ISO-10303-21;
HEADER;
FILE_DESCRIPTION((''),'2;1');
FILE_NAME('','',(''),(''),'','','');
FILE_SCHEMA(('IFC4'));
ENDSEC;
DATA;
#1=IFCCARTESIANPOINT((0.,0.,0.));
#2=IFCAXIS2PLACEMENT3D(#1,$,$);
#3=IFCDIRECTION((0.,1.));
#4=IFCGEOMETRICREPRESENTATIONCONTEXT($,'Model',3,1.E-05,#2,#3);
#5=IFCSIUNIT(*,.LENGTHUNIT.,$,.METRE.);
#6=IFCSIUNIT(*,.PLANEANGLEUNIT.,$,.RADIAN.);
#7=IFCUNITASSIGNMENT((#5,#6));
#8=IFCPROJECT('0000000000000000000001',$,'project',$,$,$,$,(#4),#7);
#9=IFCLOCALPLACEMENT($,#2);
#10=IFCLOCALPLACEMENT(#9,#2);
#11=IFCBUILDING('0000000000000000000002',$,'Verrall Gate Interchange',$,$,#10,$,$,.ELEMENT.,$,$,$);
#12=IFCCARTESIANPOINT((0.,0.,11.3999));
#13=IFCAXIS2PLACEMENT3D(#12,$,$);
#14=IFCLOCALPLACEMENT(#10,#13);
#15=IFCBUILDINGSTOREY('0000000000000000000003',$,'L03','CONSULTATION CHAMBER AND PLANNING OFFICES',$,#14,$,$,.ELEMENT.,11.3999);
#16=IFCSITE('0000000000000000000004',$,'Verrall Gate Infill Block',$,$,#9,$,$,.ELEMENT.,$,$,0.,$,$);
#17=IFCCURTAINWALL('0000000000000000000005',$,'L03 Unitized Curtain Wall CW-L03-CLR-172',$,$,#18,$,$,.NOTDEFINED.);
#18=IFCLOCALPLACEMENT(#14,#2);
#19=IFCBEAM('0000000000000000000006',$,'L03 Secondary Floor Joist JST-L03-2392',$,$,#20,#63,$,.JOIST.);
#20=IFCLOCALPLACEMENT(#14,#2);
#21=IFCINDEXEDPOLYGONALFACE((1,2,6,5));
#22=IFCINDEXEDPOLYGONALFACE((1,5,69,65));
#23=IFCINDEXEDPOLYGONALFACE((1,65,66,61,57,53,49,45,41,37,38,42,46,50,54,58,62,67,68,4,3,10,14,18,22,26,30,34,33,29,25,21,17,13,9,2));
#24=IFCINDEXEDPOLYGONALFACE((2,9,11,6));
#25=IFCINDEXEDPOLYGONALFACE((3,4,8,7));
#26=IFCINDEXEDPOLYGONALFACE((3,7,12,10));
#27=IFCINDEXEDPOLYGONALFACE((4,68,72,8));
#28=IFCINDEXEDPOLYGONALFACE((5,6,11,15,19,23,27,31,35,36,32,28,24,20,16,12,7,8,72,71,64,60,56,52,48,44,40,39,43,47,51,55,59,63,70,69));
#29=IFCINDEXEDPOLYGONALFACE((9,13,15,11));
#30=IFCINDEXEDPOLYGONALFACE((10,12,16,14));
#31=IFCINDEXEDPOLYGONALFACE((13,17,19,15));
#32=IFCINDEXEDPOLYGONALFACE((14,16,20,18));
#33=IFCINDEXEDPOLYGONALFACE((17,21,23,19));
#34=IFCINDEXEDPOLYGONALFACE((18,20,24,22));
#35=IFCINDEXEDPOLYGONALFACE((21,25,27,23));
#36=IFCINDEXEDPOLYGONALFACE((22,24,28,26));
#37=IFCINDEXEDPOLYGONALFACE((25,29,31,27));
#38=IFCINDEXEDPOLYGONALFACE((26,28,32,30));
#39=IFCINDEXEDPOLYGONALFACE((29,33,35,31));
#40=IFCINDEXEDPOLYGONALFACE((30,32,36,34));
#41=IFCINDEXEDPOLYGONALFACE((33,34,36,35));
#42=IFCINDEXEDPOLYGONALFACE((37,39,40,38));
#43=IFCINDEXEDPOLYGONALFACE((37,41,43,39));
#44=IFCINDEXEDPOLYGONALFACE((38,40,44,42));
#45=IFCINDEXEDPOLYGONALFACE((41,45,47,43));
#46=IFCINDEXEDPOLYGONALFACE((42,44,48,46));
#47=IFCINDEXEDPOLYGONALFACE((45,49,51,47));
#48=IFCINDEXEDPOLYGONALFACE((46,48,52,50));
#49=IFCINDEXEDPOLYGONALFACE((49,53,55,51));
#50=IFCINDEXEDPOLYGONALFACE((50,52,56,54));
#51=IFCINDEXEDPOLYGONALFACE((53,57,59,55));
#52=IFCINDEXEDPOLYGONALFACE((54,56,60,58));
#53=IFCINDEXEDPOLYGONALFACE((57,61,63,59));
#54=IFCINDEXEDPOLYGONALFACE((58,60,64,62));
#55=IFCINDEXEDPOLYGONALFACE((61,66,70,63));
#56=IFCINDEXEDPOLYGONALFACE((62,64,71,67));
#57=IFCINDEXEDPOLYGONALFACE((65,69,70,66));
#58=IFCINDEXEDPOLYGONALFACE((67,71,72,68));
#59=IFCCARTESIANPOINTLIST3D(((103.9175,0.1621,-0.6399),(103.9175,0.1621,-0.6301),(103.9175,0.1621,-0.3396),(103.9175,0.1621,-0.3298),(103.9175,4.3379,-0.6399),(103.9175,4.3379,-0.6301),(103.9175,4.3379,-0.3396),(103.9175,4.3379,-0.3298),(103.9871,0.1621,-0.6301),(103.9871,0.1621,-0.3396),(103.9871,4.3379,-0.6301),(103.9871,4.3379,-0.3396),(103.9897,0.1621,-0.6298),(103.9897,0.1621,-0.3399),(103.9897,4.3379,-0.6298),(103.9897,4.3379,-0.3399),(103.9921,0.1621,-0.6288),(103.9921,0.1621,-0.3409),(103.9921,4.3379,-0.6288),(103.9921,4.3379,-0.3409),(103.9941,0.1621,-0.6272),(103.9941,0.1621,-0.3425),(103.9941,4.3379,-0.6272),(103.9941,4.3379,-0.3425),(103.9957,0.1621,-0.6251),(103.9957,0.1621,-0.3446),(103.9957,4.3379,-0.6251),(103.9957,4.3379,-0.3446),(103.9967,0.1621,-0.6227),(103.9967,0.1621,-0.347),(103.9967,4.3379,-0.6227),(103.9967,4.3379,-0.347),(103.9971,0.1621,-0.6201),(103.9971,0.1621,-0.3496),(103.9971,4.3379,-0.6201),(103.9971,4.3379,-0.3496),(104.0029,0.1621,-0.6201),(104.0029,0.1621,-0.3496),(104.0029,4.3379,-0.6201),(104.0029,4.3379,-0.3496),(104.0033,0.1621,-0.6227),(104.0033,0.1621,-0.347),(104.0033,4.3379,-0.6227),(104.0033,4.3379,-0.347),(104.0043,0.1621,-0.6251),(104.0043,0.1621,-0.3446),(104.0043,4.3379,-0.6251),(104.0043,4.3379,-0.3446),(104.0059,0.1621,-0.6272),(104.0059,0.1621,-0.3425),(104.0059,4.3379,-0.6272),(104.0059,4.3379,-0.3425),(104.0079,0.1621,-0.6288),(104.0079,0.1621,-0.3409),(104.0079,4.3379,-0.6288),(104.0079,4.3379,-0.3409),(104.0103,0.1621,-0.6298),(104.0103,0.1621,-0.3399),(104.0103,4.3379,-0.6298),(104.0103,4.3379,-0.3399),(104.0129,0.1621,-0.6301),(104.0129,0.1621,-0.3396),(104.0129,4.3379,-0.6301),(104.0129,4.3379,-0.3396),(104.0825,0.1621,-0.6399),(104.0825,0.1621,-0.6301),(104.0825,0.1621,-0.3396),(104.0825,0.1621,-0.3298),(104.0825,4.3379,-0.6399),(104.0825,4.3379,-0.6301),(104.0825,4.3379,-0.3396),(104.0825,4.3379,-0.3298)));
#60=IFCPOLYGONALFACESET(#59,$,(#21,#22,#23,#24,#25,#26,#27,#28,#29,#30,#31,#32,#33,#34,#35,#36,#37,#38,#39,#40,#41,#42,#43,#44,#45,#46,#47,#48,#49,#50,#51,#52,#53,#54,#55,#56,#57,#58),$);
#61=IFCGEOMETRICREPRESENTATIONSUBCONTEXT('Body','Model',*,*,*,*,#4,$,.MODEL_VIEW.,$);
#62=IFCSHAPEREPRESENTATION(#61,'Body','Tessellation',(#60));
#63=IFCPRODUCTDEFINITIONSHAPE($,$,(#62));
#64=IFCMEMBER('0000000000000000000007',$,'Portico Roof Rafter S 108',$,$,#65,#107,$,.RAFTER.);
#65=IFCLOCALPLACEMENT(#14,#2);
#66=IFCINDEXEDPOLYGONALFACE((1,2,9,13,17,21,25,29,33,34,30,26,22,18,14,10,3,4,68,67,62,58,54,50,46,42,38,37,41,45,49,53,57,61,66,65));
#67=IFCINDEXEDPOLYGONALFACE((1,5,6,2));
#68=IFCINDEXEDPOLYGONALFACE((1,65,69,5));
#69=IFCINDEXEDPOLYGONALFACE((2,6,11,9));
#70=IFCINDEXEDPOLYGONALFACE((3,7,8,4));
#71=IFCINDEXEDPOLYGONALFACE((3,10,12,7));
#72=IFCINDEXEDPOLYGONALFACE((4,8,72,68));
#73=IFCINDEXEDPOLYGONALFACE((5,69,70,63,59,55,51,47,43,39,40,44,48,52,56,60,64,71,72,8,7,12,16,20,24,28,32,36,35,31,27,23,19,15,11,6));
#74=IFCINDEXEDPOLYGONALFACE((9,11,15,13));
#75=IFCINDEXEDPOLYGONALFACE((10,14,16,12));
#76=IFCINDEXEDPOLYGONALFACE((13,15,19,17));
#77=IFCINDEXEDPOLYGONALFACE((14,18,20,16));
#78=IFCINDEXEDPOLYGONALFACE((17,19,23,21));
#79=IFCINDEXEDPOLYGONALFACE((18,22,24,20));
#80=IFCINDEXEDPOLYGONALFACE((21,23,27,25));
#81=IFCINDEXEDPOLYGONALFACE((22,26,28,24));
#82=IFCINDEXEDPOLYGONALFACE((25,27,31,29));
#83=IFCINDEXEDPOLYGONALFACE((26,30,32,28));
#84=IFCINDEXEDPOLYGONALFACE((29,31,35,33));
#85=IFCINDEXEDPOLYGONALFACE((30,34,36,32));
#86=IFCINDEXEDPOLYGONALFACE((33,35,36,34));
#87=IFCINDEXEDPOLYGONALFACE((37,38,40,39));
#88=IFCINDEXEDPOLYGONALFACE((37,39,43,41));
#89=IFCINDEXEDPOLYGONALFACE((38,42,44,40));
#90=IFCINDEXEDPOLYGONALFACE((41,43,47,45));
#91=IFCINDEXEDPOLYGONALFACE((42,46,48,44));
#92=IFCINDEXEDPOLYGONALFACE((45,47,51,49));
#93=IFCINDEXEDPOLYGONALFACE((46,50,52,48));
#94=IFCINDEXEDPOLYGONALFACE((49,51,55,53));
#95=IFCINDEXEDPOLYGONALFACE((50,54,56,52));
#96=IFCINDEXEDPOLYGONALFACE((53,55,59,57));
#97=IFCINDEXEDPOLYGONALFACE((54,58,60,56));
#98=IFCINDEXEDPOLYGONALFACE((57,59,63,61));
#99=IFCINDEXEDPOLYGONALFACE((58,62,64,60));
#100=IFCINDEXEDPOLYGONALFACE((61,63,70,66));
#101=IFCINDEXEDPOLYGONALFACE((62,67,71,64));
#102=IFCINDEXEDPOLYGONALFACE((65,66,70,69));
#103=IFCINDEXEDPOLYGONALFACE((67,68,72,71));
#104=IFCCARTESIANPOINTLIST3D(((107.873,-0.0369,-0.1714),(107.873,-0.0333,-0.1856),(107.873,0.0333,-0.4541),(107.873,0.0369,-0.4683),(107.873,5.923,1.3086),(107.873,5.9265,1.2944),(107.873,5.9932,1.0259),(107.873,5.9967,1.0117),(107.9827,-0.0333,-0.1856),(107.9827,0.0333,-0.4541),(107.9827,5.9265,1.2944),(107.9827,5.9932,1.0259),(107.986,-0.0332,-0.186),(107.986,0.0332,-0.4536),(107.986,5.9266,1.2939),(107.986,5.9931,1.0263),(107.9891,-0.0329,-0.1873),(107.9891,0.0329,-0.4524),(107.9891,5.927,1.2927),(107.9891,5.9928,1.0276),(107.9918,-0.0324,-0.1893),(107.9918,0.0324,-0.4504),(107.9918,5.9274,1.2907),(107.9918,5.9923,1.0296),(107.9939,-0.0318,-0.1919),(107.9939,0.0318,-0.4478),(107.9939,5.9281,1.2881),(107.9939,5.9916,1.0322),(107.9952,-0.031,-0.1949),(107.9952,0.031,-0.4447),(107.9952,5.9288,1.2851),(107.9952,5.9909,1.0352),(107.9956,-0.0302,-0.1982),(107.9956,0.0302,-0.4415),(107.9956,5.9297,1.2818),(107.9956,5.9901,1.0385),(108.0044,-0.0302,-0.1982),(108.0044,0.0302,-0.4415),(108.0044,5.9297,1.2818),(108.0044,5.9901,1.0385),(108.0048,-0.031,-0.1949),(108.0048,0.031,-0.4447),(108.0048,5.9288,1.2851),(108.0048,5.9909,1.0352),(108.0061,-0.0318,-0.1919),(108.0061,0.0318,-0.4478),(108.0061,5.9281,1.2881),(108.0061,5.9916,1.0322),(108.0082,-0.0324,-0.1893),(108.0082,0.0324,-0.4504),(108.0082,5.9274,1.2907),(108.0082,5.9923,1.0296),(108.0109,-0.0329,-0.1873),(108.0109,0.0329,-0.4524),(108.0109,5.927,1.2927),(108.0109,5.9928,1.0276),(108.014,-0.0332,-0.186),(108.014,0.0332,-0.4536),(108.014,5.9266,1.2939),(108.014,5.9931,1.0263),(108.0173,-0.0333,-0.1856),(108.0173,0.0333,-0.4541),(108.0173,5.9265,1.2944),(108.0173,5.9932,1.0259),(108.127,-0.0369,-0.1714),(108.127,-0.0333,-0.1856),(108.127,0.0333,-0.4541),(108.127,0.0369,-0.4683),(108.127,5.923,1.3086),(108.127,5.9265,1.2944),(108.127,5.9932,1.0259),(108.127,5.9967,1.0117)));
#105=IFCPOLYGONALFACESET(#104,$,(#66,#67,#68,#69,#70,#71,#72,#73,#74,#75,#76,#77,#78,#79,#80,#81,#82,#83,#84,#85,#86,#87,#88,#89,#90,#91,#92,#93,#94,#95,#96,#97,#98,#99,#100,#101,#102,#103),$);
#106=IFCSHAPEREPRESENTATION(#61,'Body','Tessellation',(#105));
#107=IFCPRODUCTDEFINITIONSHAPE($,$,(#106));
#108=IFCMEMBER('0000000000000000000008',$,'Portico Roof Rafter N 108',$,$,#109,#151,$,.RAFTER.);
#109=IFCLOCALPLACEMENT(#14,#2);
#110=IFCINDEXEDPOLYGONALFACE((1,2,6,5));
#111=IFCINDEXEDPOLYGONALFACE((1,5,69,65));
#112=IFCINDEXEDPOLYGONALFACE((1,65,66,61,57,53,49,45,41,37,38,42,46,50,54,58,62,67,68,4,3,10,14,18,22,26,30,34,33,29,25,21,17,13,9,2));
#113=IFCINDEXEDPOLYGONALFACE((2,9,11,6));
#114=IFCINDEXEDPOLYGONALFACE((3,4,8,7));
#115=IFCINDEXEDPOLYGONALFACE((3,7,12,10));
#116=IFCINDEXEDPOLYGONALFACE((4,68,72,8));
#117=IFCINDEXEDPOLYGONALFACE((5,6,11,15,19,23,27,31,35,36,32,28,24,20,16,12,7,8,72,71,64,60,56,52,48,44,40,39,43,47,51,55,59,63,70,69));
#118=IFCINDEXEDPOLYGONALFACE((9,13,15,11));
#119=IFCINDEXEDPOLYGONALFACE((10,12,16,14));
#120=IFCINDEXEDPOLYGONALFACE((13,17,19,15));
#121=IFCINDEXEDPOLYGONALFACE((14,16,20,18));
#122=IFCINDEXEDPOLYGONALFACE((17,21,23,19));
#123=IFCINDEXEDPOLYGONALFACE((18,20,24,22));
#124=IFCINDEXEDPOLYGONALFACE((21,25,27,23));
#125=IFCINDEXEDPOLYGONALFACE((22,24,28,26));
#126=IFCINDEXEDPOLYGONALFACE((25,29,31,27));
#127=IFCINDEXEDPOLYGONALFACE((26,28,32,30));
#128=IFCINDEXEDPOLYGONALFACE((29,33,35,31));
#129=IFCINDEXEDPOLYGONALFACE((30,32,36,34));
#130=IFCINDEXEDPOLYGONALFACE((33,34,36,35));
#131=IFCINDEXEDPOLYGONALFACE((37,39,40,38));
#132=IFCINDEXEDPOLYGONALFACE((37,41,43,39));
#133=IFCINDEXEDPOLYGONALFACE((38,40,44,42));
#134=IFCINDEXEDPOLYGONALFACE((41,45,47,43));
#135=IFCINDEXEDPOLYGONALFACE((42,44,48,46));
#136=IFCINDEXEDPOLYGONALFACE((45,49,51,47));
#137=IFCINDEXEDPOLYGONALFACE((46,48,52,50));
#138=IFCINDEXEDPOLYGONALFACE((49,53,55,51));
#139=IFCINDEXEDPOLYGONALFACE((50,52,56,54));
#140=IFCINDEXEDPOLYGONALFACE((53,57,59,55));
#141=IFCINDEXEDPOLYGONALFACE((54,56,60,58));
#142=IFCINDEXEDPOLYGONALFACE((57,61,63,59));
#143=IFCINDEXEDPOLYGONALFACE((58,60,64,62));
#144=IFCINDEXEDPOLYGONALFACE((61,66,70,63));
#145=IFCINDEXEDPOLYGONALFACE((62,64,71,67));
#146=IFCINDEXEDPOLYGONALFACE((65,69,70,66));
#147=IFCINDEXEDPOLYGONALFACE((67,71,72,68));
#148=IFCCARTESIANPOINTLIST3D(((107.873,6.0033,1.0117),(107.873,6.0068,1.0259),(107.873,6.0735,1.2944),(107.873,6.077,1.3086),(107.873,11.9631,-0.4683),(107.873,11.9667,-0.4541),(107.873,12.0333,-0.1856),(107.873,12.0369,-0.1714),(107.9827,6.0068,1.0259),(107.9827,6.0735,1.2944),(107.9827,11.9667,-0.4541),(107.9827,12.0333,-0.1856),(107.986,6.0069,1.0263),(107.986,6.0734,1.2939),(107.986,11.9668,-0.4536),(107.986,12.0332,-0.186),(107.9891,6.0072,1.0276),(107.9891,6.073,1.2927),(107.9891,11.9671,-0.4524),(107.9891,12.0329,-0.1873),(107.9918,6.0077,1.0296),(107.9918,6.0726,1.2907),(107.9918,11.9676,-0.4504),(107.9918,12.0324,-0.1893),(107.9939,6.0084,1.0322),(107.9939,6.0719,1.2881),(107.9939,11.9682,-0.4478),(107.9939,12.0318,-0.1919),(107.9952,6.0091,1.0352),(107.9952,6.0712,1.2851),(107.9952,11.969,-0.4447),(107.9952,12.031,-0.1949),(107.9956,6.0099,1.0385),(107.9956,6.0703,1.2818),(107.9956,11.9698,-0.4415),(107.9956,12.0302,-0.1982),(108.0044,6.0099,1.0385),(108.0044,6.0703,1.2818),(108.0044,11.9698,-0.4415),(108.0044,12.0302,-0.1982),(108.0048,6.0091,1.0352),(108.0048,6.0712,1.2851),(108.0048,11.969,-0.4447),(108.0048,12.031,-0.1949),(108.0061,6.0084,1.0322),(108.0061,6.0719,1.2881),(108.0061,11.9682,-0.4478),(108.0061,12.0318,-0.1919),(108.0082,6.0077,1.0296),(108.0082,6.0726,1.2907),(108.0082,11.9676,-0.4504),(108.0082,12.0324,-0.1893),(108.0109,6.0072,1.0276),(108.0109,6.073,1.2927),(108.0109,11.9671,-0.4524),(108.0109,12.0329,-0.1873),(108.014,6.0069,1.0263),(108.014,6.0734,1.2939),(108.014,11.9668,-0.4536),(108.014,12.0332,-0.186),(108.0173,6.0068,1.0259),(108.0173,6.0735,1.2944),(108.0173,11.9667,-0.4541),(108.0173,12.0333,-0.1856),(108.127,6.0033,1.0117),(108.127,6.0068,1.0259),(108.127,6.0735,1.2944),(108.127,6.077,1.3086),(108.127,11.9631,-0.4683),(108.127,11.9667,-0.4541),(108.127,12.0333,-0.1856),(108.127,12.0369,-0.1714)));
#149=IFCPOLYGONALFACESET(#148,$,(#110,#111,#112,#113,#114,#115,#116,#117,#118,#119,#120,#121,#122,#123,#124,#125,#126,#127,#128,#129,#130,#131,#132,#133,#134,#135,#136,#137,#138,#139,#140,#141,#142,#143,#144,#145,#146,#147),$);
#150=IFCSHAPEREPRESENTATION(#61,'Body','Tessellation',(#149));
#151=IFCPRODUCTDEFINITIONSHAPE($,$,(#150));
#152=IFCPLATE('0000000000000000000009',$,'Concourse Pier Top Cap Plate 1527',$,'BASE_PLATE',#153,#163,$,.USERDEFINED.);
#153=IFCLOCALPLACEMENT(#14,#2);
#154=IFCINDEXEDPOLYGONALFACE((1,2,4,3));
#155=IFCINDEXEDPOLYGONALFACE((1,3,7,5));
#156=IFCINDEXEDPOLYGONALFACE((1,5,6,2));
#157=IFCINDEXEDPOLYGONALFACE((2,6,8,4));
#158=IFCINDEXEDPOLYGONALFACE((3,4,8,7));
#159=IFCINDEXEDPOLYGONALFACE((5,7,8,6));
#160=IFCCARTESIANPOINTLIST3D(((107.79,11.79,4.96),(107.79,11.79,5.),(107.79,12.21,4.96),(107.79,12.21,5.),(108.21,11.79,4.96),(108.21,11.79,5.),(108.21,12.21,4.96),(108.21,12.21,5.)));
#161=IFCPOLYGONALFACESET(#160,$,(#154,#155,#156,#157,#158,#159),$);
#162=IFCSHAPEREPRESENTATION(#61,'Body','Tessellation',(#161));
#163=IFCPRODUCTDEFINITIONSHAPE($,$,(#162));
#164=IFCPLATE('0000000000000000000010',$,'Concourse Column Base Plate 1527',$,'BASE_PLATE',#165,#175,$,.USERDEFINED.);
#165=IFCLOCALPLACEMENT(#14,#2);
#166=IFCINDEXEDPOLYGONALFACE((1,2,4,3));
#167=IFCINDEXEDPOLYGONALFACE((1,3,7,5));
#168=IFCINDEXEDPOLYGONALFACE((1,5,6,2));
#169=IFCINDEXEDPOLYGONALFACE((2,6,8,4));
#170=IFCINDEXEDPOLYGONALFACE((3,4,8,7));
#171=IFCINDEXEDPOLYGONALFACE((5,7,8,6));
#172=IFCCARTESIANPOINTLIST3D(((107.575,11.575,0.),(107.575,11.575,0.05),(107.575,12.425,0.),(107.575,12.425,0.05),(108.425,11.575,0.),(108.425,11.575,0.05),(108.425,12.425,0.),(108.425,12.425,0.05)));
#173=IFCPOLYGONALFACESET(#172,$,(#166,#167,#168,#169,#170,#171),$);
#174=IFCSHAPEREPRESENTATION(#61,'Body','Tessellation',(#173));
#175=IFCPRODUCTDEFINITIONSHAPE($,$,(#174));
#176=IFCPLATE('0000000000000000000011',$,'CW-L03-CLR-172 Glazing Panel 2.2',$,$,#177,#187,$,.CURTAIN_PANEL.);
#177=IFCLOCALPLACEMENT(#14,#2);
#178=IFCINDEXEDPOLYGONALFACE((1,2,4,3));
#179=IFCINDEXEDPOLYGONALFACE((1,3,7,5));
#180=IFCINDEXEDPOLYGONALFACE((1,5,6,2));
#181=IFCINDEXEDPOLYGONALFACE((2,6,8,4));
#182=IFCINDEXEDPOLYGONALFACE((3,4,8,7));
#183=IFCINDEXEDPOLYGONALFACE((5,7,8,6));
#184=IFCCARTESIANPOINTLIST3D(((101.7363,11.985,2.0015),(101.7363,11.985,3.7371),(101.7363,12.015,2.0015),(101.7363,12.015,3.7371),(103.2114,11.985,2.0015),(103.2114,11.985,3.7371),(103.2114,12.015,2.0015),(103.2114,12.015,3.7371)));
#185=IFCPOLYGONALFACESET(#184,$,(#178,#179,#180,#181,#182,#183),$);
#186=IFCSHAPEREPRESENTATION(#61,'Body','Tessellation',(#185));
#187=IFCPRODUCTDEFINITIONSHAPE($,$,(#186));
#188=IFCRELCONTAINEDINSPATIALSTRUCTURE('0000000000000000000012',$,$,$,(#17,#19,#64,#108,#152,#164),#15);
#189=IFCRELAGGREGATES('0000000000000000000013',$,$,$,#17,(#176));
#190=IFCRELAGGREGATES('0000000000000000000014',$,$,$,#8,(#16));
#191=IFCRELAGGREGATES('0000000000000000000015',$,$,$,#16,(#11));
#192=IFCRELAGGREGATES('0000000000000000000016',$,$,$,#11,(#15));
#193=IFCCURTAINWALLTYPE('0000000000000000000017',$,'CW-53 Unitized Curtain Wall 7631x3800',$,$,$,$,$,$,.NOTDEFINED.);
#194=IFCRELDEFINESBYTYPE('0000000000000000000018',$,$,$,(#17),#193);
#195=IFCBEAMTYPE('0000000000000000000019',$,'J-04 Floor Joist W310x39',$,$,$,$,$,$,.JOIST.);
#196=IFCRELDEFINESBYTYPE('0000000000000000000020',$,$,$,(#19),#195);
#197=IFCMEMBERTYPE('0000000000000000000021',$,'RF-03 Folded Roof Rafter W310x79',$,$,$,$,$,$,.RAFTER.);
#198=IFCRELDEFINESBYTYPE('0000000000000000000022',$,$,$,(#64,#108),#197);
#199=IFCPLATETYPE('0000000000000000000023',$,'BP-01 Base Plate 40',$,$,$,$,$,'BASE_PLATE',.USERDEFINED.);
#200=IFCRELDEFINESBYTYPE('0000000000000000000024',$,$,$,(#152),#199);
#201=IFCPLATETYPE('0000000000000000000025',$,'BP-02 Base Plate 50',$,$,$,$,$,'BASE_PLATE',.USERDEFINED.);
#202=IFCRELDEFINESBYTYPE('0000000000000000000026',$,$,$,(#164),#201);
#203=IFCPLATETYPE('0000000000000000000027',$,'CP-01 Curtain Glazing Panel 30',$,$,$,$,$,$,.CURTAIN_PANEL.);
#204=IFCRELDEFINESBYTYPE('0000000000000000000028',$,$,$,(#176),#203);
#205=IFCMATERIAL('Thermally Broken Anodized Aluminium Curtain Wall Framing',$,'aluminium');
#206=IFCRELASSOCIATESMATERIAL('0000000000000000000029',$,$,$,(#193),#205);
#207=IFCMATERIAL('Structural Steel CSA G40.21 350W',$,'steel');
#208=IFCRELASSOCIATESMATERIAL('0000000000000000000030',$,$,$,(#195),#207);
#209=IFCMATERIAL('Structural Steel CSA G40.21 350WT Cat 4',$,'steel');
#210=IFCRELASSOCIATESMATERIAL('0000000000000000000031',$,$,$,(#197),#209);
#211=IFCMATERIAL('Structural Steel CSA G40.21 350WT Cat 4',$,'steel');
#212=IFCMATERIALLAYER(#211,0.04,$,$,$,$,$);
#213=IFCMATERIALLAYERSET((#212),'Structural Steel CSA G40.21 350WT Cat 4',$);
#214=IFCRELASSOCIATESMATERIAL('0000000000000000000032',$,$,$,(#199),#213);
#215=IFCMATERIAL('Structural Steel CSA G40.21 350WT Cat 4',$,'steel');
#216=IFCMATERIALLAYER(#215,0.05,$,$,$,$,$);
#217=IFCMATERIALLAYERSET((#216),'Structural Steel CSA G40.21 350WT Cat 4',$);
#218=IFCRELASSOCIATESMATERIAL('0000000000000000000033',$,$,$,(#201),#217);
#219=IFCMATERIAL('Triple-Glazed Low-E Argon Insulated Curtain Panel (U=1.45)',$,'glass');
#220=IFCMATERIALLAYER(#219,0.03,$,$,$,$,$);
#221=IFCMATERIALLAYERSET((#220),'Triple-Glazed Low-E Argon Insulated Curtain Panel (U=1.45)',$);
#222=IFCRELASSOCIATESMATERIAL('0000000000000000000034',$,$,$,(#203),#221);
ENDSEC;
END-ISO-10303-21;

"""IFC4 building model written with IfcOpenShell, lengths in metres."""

from ifc_helpers import new_model, si_unit, direction, frame, origin, origin_2d, place, context, subcontext, project, spatial, rectangle, i_section, extrude, material, layer, layer_set, material_profile, profile_set, type_object, element, aggregate, save


model = new_model("IFC4")

# Units and contexts
model_context = context("Model", 3, precision=1e-05, world=origin(), true_north=direction((0.0, 1.0)))
body_context = subcontext(model_context, "Body", "Model", "MODEL_VIEW")
ifc_project = project(units=[si_unit("LENGTHUNIT", "METRE"), si_unit("PLANEANGLEUNIT", "RADIAN")], contexts=[model_context])

# Site, building, storey
site_placement = place(None, origin())
site = spatial("IfcSite", under=ifc_project, at=site_placement, Name="Verrall Gate Infill Block", CompositionType="ELEMENT", RefElevation=0.0)
building_placement = place(site_placement, origin())
building = spatial("IfcBuilding", under=site, at=building_placement, Name="Verrall Gate Interchange", CompositionType="ELEMENT")
storey_placement = place(building_placement, frame((0.0, 0.0, 11.3999)))
storey = spatial("IfcBuildingStorey", under=building, at=storey_placement, Name="L03", Description="CONSULTATION CHAMBER AND PLANNING OFFICES", CompositionType="ELEMENT", Elevation=11.3999)

# Curtain wall
ifc_material_1 = material(Name="Thermally Broken Anodized Aluminium Curtain Wall Framing", Category="aluminium")
curtain_wall_type = type_object("IfcCurtainWallType", Name="CW-53 Unitized Curtain Wall 7631x3800", PredefinedType="NOTDEFINED", material=ifc_material_1)
curtain_wall_placement = place(storey_placement, origin())
curtain_wall = element("IfcCurtainWall", 1, at=curtain_wall_placement, inside=storey, type_object=curtain_wall_type, Name="L03 Unitized Curtain Wall CW-L03-CLR-172", PredefinedType="NOTDEFINED")

# Beam
ifc_material_2 = material(Name="Structural Steel CSA G40.21 350W", Category="steel")
ifc_material_profile_1 = material_profile(ifc_material_2, i_section(OverallWidth=0.165, OverallDepth=0.3101, WebThickness=0.0059, FlangeThickness=0.0098, FilletRadius=0.01, at=origin_2d()), Name="W310x39")
ifc_profile_set_1 = profile_set([ifc_material_profile_1], Name="Structural Steel CSA G40.21 350W")
beam_type_1 = type_object("IfcBeamType", Name="J-04 Floor Joist W310x39", PredefinedType="JOIST", material=ifc_profile_set_1)
beam_1_placement = place(storey_placement, frame((104.0, 0.1621, -0.4849), z_axis=(0.0, 1.0, 0.0), x_axis=(-1.0, 0.0, 0.0)))
element("IfcBeam", 2, at=beam_1_placement, inside=storey, type_object=beam_type_1, Name="L03 Secondary Floor Joist JST-L03-2392", PredefinedType="JOIST", context=body_context, shape_type="SweptSolid", body=[
    extrude(i_section(OverallWidth=0.165, OverallDepth=0.3101, WebThickness=0.0059, FlangeThickness=0.0098, FilletRadius=0.01, at=origin_2d()), origin(), (0.0, 0.0, 1.0), 4.1758),
])

# Members
ifc_material_3 = material(Name="Structural Steel CSA G40.21 350WT Cat 4", Category="steel")
ifc_material_profile_2 = material_profile(ifc_material_3, i_section(OverallWidth=0.2539, OverallDepth=0.3059, WebThickness=0.0088, FlangeThickness=0.0146, FilletRadius=0.0129, at=origin_2d()), Name="W310x79")
ifc_profile_set_2 = profile_set([ifc_material_profile_2], Name="Structural Steel CSA G40.21 350WT Cat 4")
member_type_1 = type_object("IfcMemberType", Name="RF-03 Folded Roof Rafter W310x79", PredefinedType="RAFTER", material=ifc_profile_set_2)
for number, where, z_axis, x_axis, name in (
    (3, (108.0, 0.0, -0.3198), (0.0, 0.970525, 0.241001), (-1.0, 0.0, 0.0), "Portico Roof Rafter S 108"),
    (4, (108.0, 12.0, -0.3198), (0.0, -0.970525, 0.241001), (1.0, 0.0, 0.0), "Portico Roof Rafter N 108"),
):
    element("IfcMember", number, at=place(storey_placement, frame(where, z_axis=z_axis, x_axis=x_axis)), inside=storey, type_object=member_type_1, Name=name, PredefinedType="RAFTER", context=body_context, shape_type="SweptSolid", body=[
        extrude(i_section(OverallWidth=0.2539, OverallDepth=0.3059, WebThickness=0.0088, FlangeThickness=0.0146, FilletRadius=0.0129, at=origin_2d()), origin(), (0.0, 0.0, 1.0), 6.1409),
    ])

# Plates
ifc_material_4 = material(Name="Structural Steel CSA G40.21 350WT Cat 4", Category="steel")
ifc_layer_1 = layer(ifc_material_4, 0.04)
ifc_layer_set_1 = layer_set([ifc_layer_1], Name="Structural Steel CSA G40.21 350WT Cat 4")
plate_type_1 = type_object("IfcPlateType", Name="BP-01 Base Plate 40", ElementType="BASE_PLATE", PredefinedType="USERDEFINED", material=ifc_layer_set_1)
plate_1_placement = place(storey_placement, frame((108.0, 12.0, 4.96), z_axis=(0.0, 0.0, 1.0), x_axis=(1.0, 0.0, 0.0)))
element("IfcPlate", 5, at=plate_1_placement, inside=storey, type_object=plate_type_1, Name="Concourse Pier Top Cap Plate 1527", ObjectType="BASE_PLATE", PredefinedType="USERDEFINED", context=body_context, shape_type="SweptSolid", body=[
    extrude(rectangle(XDim=0.4199, YDim=0.4199, at=origin_2d()), origin(), (0.0, 0.0, 1.0), 0.04),
])
ifc_material_5 = material(Name="Structural Steel CSA G40.21 350WT Cat 4", Category="steel")
ifc_layer_2 = layer(ifc_material_5, 0.05)
ifc_layer_set_2 = layer_set([ifc_layer_2], Name="Structural Steel CSA G40.21 350WT Cat 4")
plate_type_2 = type_object("IfcPlateType", Name="BP-02 Base Plate 50", ElementType="BASE_PLATE", PredefinedType="USERDEFINED", material=ifc_layer_set_2)
plate_2_placement = place(storey_placement, frame((108.0, 12.0, 0.0), z_axis=(0.0, 0.0, 1.0), x_axis=(1.0, 0.0, 0.0)))
element("IfcPlate", 6, at=plate_2_placement, inside=storey, type_object=plate_type_2, Name="Concourse Column Base Plate 1527", ObjectType="BASE_PLATE", PredefinedType="USERDEFINED", context=body_context, shape_type="SweptSolid", body=[
    extrude(rectangle(XDim=0.8501, YDim=0.8501, at=origin_2d()), origin(), (0.0, 0.0, 1.0), 0.05),
])

# Plate
ifc_material_6 = material(Name="Triple-Glazed Low-E Argon Insulated Curtain Panel (U=1.45)", Category="glass")
ifc_layer_3 = layer(ifc_material_6, 0.03)
ifc_layer_set_3 = layer_set([ifc_layer_3], Name="Triple-Glazed Low-E Argon Insulated Curtain Panel (U=1.45)")
plate_type_3 = type_object("IfcPlateType", Name="CP-01 Curtain Glazing Panel 30", PredefinedType="CURTAIN_PANEL", material=ifc_layer_set_3)
plate_3_placement = place(storey_placement, frame((102.4739, 12.0, 2.0015), z_axis=(0.0, 0.0, 1.0), x_axis=(1.0, 0.0, 0.0)))
plate_3 = element("IfcPlate", 7, at=plate_3_placement, type_object=plate_type_3, Name="CW-L03-CLR-172 Glazing Panel 2.2", PredefinedType="CURTAIN_PANEL", context=body_context, shape_type="SweptSolid", body=[
    extrude(rectangle(XDim=1.4751, YDim=0.03, at=origin_2d()), origin(), (0.0, 0.0, 1.0), 1.7356),
])
aggregate(curtain_wall, [plate_3])

save(model, "model.ifc")
